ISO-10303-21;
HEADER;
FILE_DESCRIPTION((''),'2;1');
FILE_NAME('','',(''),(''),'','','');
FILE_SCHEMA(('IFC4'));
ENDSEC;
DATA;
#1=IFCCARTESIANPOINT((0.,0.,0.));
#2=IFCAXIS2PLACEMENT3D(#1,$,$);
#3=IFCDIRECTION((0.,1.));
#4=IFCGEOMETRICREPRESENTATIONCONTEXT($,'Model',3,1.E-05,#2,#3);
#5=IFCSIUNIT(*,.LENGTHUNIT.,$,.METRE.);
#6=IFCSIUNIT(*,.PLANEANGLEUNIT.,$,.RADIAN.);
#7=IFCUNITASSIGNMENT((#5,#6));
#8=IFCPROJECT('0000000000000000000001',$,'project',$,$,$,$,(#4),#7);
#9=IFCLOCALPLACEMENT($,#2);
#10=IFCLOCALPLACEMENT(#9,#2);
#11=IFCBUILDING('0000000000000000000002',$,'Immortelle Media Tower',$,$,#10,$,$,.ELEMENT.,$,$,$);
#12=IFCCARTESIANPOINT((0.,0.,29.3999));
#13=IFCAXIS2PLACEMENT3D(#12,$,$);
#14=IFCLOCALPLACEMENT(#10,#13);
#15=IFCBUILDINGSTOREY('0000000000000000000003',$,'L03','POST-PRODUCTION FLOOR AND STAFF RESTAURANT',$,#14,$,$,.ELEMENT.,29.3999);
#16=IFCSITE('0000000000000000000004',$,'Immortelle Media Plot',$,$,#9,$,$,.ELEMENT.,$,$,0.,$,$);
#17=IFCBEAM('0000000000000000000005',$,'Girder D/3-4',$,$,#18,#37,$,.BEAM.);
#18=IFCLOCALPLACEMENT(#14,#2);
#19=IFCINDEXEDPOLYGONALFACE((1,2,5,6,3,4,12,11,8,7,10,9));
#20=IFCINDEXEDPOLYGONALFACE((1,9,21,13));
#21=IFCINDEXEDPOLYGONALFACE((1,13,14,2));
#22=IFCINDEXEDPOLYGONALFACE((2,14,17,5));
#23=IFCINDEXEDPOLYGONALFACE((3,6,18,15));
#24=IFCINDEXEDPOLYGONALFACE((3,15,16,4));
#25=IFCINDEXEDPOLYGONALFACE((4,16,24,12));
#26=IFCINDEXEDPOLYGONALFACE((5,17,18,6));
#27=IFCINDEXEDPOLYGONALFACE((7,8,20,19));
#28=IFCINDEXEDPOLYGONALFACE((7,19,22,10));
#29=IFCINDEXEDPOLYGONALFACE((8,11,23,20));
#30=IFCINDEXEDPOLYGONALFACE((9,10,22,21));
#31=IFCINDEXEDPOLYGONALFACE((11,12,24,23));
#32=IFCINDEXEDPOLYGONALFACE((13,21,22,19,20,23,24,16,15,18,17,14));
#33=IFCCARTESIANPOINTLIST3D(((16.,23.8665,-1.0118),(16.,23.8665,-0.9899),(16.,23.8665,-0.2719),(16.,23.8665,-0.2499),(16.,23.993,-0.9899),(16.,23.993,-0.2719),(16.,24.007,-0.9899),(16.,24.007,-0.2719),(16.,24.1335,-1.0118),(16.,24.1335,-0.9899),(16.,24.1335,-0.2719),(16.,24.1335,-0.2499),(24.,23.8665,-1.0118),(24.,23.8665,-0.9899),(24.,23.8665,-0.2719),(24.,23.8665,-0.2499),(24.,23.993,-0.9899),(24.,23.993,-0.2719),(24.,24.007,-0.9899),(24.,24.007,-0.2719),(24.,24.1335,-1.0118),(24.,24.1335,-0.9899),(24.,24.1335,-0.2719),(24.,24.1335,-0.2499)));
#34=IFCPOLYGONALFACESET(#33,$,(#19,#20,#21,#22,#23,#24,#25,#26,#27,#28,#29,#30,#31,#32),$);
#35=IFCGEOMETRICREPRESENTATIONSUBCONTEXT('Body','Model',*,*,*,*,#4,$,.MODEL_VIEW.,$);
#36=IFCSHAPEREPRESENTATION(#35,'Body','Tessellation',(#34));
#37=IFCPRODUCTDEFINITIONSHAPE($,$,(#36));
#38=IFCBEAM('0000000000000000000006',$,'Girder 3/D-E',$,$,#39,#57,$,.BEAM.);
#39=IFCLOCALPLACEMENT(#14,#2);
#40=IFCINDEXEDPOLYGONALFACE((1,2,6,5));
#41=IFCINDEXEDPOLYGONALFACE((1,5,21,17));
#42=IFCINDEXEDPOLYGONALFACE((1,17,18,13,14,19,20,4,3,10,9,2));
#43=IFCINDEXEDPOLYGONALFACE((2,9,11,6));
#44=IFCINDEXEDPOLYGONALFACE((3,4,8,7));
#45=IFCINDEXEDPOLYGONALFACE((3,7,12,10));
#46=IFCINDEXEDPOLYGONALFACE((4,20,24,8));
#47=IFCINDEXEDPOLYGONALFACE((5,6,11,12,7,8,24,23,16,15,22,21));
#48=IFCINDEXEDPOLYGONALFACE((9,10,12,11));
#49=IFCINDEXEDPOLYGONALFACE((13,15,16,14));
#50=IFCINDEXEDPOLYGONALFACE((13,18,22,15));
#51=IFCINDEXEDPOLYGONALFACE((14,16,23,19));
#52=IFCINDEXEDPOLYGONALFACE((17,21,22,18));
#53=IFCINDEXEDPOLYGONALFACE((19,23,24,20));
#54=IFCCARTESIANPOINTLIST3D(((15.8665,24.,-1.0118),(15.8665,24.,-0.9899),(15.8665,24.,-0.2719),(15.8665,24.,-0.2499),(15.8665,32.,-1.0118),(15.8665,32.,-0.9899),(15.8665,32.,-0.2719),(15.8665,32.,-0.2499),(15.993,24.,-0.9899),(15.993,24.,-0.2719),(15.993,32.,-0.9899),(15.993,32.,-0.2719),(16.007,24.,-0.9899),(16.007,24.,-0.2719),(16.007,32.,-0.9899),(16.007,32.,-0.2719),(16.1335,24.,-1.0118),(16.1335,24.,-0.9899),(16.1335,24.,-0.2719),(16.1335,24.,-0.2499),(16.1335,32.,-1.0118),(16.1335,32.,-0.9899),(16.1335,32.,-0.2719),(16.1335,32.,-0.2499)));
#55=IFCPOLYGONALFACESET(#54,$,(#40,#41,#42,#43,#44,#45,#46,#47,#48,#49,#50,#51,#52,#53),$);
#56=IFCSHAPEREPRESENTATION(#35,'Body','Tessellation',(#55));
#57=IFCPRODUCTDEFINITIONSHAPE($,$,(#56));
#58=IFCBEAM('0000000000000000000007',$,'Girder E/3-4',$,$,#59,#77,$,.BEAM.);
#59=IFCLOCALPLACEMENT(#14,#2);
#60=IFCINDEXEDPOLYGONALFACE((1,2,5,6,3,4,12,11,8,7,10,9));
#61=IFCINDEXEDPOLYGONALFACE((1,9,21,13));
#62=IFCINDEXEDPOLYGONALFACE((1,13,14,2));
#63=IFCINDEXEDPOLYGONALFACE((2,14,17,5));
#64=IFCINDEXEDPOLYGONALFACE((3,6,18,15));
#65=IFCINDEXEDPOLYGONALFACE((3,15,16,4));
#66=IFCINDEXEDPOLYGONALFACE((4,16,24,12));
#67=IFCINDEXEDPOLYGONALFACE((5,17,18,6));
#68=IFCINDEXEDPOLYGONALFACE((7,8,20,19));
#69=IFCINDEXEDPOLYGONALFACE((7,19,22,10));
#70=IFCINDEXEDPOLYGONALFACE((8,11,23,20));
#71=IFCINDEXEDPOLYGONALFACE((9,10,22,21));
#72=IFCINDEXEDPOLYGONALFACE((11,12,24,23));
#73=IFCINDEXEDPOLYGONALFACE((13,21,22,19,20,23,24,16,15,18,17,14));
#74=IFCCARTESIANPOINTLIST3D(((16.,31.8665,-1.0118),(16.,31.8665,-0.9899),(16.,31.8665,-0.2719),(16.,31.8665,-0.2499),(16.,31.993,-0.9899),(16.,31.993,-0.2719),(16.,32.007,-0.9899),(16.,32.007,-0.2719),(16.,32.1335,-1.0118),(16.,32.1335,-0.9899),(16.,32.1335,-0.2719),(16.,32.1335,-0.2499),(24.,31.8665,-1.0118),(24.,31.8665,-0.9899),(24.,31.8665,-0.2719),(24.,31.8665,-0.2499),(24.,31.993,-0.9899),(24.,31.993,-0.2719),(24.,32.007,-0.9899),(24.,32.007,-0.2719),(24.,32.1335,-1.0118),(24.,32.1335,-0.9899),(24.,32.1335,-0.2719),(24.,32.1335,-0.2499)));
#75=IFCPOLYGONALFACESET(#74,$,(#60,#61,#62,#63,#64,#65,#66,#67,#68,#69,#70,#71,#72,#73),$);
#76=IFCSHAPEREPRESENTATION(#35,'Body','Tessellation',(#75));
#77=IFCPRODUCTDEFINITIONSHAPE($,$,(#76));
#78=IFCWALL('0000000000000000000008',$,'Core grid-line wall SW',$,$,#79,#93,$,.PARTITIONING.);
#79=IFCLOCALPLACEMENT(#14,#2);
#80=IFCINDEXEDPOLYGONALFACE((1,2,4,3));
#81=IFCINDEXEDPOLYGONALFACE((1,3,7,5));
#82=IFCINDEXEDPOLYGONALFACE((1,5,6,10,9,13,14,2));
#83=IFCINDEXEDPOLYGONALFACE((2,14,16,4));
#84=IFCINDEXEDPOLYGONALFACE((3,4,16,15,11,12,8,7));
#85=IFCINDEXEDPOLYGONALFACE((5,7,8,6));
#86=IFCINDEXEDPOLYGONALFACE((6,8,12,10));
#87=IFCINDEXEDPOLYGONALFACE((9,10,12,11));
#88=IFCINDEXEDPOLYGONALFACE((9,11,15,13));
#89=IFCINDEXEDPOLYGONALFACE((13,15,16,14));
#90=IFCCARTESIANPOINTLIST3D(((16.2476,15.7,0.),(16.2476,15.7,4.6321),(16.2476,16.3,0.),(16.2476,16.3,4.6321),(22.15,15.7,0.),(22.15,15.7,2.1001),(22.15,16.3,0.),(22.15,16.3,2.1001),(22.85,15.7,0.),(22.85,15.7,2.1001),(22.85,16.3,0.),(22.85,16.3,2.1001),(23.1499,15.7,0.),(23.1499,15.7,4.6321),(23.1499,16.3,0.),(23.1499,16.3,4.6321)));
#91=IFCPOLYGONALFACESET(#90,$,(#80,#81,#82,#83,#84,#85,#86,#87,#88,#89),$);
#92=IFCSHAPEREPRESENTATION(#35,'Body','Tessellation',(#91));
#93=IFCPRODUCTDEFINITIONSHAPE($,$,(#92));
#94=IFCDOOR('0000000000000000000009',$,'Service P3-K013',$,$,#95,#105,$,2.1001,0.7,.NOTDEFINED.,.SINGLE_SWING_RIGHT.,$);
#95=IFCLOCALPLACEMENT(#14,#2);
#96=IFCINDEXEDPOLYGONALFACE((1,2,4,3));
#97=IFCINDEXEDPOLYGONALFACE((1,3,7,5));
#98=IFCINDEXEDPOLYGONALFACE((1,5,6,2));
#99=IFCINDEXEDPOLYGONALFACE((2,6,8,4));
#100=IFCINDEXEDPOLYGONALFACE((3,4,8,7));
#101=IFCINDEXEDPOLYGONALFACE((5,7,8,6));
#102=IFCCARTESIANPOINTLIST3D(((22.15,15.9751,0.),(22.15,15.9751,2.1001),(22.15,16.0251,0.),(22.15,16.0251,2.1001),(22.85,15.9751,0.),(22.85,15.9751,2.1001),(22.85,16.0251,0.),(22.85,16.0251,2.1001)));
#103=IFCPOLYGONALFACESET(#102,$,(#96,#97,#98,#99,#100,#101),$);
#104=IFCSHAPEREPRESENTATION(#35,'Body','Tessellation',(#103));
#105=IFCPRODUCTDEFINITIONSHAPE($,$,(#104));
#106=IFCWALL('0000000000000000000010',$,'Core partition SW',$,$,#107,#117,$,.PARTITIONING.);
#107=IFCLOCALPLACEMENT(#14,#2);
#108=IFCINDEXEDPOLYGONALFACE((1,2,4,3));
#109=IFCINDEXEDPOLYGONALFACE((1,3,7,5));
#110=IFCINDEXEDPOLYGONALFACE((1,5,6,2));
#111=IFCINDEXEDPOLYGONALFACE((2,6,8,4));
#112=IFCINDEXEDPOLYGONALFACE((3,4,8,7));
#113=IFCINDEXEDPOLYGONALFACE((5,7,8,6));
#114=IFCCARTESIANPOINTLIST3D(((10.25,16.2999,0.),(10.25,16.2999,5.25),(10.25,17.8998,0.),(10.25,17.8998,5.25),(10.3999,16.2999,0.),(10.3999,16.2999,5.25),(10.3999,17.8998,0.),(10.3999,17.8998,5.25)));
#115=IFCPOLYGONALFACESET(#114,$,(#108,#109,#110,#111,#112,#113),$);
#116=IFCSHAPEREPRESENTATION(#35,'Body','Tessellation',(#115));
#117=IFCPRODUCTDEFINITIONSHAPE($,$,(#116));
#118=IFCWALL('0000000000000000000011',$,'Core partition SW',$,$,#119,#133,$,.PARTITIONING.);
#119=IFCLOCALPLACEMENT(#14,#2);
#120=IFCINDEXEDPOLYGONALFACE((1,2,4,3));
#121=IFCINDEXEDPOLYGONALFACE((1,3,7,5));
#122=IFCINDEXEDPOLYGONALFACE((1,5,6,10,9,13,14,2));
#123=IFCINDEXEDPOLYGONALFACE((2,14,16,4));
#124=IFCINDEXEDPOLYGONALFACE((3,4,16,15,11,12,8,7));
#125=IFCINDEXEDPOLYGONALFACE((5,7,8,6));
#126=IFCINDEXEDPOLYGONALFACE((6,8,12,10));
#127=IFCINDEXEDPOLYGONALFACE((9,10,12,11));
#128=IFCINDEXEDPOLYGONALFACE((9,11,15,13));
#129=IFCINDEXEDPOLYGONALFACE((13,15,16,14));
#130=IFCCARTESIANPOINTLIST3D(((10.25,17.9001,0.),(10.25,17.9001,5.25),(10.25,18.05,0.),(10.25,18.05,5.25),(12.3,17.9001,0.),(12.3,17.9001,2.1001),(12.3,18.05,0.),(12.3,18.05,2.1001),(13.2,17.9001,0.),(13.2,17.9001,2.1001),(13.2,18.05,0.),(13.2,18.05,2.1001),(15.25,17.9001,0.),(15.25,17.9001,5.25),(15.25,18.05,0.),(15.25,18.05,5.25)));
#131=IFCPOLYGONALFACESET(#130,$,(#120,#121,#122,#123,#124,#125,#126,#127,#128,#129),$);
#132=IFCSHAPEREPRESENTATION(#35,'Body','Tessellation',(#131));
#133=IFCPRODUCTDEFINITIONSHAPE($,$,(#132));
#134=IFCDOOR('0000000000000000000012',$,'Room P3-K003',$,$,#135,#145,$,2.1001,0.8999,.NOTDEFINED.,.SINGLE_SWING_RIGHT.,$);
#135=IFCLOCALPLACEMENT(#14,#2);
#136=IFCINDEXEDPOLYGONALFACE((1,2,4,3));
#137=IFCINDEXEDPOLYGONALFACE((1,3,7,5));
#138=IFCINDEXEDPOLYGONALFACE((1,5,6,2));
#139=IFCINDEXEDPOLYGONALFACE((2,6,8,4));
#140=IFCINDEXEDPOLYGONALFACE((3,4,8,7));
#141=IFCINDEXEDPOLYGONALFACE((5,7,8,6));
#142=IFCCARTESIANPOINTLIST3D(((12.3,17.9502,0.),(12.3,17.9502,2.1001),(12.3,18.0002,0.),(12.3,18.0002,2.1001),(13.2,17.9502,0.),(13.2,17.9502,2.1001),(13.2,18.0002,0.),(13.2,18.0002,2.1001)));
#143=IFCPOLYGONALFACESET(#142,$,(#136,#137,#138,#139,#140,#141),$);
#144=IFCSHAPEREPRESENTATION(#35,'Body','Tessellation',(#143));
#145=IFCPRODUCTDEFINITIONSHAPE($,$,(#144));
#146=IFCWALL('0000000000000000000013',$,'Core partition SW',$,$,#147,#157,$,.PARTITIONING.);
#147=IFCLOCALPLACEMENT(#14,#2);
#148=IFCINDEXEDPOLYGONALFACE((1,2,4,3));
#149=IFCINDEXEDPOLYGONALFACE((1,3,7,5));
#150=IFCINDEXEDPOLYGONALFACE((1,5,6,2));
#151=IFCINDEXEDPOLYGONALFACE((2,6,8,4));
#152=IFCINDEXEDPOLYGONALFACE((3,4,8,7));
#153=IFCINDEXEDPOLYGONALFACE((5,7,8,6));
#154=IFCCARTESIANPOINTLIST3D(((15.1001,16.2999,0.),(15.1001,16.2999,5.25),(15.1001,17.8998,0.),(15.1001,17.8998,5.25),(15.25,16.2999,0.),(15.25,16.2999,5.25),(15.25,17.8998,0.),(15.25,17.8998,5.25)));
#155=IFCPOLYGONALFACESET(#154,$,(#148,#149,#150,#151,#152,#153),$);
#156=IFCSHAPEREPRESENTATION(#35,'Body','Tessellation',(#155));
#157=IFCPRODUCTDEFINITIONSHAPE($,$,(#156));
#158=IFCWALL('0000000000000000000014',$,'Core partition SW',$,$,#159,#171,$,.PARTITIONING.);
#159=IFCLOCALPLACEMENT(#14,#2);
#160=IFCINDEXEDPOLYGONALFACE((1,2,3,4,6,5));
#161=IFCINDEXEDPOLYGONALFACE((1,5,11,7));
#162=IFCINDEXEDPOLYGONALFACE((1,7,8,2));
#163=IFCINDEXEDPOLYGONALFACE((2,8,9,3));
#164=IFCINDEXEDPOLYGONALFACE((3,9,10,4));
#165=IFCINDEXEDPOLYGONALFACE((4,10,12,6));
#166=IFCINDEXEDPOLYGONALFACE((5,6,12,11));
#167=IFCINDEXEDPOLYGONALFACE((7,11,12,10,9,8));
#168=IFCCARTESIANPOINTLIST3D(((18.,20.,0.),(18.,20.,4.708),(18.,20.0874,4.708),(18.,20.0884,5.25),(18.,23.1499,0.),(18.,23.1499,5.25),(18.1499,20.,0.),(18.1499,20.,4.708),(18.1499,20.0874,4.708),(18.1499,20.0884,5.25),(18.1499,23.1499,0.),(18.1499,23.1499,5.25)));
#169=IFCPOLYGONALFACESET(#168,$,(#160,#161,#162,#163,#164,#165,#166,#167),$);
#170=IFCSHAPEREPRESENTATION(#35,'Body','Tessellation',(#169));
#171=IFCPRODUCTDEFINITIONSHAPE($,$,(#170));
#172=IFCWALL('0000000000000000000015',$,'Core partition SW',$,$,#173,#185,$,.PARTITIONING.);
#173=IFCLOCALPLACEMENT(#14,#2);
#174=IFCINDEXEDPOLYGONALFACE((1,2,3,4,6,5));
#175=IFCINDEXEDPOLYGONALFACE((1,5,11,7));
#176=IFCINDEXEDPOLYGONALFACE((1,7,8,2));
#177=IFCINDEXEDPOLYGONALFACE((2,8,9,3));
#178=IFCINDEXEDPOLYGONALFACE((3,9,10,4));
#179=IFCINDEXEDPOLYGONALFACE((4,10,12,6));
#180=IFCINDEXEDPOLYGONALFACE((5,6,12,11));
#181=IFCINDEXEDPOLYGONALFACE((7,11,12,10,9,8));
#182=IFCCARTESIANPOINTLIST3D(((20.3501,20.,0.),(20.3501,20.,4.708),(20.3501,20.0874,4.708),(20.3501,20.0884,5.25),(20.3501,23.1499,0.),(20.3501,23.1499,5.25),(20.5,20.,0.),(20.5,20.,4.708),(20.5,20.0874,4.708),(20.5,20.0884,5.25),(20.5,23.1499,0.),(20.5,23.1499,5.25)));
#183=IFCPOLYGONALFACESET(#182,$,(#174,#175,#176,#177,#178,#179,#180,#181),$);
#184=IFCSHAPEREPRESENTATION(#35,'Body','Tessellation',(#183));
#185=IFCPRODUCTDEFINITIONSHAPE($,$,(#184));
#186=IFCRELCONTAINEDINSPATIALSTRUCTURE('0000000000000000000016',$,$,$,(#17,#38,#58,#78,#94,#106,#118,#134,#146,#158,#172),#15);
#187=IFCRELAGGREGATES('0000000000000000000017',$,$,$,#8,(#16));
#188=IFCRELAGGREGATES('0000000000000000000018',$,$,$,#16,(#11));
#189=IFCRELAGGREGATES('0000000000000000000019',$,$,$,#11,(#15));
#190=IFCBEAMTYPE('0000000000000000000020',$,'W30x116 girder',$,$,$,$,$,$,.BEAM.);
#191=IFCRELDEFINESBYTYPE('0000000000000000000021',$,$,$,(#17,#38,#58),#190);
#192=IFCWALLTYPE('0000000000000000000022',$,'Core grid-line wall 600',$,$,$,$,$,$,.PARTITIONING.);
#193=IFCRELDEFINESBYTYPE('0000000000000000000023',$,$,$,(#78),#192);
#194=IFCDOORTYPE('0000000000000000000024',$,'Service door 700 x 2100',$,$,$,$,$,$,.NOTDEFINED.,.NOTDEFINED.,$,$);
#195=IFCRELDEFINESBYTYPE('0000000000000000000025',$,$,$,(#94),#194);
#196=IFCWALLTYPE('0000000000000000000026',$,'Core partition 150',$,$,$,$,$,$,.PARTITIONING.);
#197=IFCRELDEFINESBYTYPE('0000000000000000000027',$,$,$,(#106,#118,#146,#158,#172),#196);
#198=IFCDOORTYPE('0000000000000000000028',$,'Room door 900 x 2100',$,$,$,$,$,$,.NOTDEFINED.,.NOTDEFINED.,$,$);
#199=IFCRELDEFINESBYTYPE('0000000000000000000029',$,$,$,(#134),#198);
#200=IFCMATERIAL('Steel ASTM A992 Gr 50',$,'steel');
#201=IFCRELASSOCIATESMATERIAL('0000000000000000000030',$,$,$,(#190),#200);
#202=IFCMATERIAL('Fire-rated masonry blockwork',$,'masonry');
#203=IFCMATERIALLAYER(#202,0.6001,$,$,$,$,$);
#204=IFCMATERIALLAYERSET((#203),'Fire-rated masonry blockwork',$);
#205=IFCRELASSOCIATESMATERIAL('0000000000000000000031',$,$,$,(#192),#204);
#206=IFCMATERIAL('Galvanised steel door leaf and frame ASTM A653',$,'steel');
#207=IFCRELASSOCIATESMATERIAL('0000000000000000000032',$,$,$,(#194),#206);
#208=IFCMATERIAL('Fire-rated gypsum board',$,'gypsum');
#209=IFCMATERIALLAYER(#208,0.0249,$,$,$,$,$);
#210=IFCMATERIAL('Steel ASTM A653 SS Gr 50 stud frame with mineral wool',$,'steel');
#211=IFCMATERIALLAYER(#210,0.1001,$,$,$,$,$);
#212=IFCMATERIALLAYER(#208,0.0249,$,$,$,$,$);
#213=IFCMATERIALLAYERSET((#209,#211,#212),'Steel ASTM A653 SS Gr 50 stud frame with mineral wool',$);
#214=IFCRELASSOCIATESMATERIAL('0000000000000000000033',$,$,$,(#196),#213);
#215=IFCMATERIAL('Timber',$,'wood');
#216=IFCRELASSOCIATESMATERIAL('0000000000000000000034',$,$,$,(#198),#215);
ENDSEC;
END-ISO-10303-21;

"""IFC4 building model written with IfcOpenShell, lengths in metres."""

from ifc_helpers import new_model, si_unit, direction, frame, frame_2d, origin, origin_2d, place, context, subcontext, project, spatial, polyline, rectangle, i_section, outline, extrude, material, layer, layer_set, material_profile, profile_set, type_object, element, fill, save


model = new_model("IFC4")

# Units and contexts
model_context = context("Model", 3, precision=1e-05, world=origin(), true_north=direction((0.0, 1.0)))
body_context = subcontext(model_context, "Body", "Model", "MODEL_VIEW")
ifc_project = project(units=[si_unit("LENGTHUNIT", "METRE"), si_unit("PLANEANGLEUNIT", "RADIAN")], contexts=[model_context])

# Site, building, storey
site_placement = place(None, origin())
site = spatial("IfcSite", under=ifc_project, at=site_placement, Name="Immortelle Media Plot", CompositionType="ELEMENT", RefElevation=0.0)
building_placement = place(site_placement, origin())
building = spatial("IfcBuilding", under=site, at=building_placement, Name="Immortelle Media Tower", CompositionType="ELEMENT")
storey_placement = place(building_placement, frame((0.0, 0.0, 29.3999)))
storey = spatial("IfcBuildingStorey", under=building, at=storey_placement, Name="L03", Description="POST-PRODUCTION FLOOR AND STAFF RESTAURANT", CompositionType="ELEMENT", Elevation=29.3999)

# Shared definitions
ifc_material_1 = material(Name="Steel ASTM A992 Gr 50", Category="steel")

# Beams
ifc_material_profile_1 = material_profile(ifc_material_1, i_section(OverallWidth=0.2671, OverallDepth=0.762, WebThickness=0.0139, FlangeThickness=0.022, at=origin_2d()), Name="W30x116")
ifc_profile_set_1 = profile_set([ifc_material_profile_1], Name="Steel ASTM A992 Gr 50")
beam_type_1 = type_object("IfcBeamType", Name="W30x116 girder", PredefinedType="BEAM", material=ifc_profile_set_1)
for number, where, z_axis, x_axis, name in (
    (1, (16.0, 24.0, -0.6309), (1.0, 0.0, 0.0), (0.0, 1.0, 0.0), "Girder D/3-4"),
    (2, (16.0, 24.0, -0.6309), (0.0, 1.0, 0.0), (-1.0, 0.0, 0.0), "Girder 3/D-E"),
    (3, (16.0, 32.0, -0.6309), (1.0, 0.0, 0.0), (0.0, 1.0, 0.0), "Girder E/3-4"),
):
    element("IfcBeam", number, at=place(storey_placement, frame(where, z_axis=z_axis, x_axis=x_axis)), inside=storey, type_object=beam_type_1, Name=name, PredefinedType="BEAM", context=body_context, shape_type="SweptSolid", body=[
        extrude(i_section(OverallWidth=0.2671, OverallDepth=0.762, WebThickness=0.0139, FlangeThickness=0.022, at=origin_2d()), origin(), (0.0, 0.0, 1.0), 8.0),
    ])

# Wall, opening, door
ifc_material_2 = material(Name="Fire-rated masonry blockwork", Category="masonry")
ifc_layer_1 = layer(ifc_material_2, 0.6001)
ifc_layer_set_1 = layer_set([ifc_layer_1], Name="Fire-rated masonry blockwork")
wall_type_1 = type_object("IfcWallType", Name="Core grid-line wall 600", PredefinedType="PARTITIONING", material=ifc_layer_set_1)
wall_1_placement = place(storey_placement, frame((16.2476, 16.0, 0.0), z_axis=(0.0, 0.0, 1.0), x_axis=(1.0, 0.0, 0.0)))
wall_1 = element("IfcWall", 4, at=wall_1_placement, inside=storey, type_object=wall_type_1, Name="Core grid-line wall SW", PredefinedType="PARTITIONING", context=body_context, shape_type="SweptSolid", body=[
    extrude(rectangle(XDim=6.9023, YDim=0.6001, at=frame_2d((3.4512, 0.0))), origin(), (0.0, 0.0, 1.0), 4.6321),
])
opening_1_placement = place(wall_1_placement, frame((6.6025, 0.0, 0.0), z_axis=(0.0, 0.0, 1.0), x_axis=(-1.0, 0.0, 0.0)))
opening_1 = element("IfcOpeningElement", 5, at=opening_1_placement, cuts=wall_1, PredefinedType="OPENING", context=body_context, shape_type="SweptSolid", body=[
    extrude(rectangle(XDim=0.7, YDim=2.1001, at=frame_2d((0.3501, 1.05))), frame((0.0, 0.3101, 0.0), z_axis=(0.0, -1.0, 0.0), x_axis=(1.0, 0.0, 0.0)), (0.0, 0.0, 1.0), 0.6201),
])
ifc_material_3 = material(Name="Galvanised steel door leaf and frame ASTM A653", Category="steel")
door_type_1 = type_object("IfcDoorType", Name="Service door 700 x 2100", OperationType="NOTDEFINED", PredefinedType="NOTDEFINED", material=ifc_material_3)
door_1_placement = place(opening_1_placement, origin())
door_1 = element("IfcDoor", 6, at=door_1_placement, inside=storey, type_object=door_type_1, Name="Service P3-K013", OperationType="SINGLE_SWING_RIGHT", OverallHeight=2.1001, OverallWidth=0.7, PredefinedType="NOTDEFINED", context=body_context, shape_type="SweptSolid", body=[
    extrude(rectangle(XDim=0.7, YDim=2.1001, at=frame_2d((0.3501, 1.05))), frame((0.0, 0.0249, 0.0), z_axis=(0.0, -1.0, 0.0), x_axis=(1.0, 0.0, 0.0)), (0.0, 0.0, 1.0), 0.05),
])
fill(opening_1, door_1)

# Wall
ifc_material_4 = material(Name="Fire-rated gypsum board", Category="gypsum")
ifc_layer_2 = layer(ifc_material_4, 0.0249)
ifc_material_5 = material(Name="Steel ASTM A653 SS Gr 50 stud frame with mineral wool", Category="steel")
ifc_layer_3 = layer(ifc_material_5, 0.1001)
ifc_layer_4 = layer(ifc_material_4, 0.0249)
ifc_layer_set_2 = layer_set([ifc_layer_2, ifc_layer_3, ifc_layer_4], Name="Steel ASTM A653 SS Gr 50 stud frame with mineral wool")
wall_type_2 = type_object("IfcWallType", Name="Core partition 150", PredefinedType="PARTITIONING", material=ifc_layer_set_2)
wall_2_placement = place(storey_placement, frame((10.325, 16.3, 0.0), z_axis=(0.0, 0.0, 1.0), x_axis=(0.0, 1.0, 0.0)))
element("IfcWall", 7, at=wall_2_placement, inside=storey, type_object=wall_type_2, Name="Core partition SW", PredefinedType="PARTITIONING", context=body_context, shape_type="SweptSolid", body=[
    extrude(rectangle(XDim=1.5999, YDim=0.1499, at=frame_2d((0.7998, 0.0))), origin(), (0.0, 0.0, 1.0), 5.25),
])

# Wall, opening, door
wall_3_placement = place(storey_placement, frame((10.25, 17.9751, 0.0), z_axis=(0.0, 0.0, 1.0), x_axis=(1.0, 0.0, 0.0)))
wall_3 = element("IfcWall", 8, at=wall_3_placement, inside=storey, type_object=wall_type_2, Name="Core partition SW", PredefinedType="PARTITIONING", context=body_context, shape_type="SweptSolid", body=[
    extrude(rectangle(XDim=5.0, YDim=0.1499, at=frame_2d((2.5, 0.0))), origin(), (0.0, 0.0, 1.0), 5.25),
])
opening_2_placement = place(wall_3_placement, frame((2.95, 0.0, 0.0), z_axis=(0.0, 0.0, 1.0), x_axis=(-1.0, 0.0, 0.0)))
opening_2 = element("IfcOpeningElement", 9, at=opening_2_placement, cuts=wall_3, PredefinedType="OPENING", context=body_context, shape_type="SweptSolid", body=[
    extrude(rectangle(XDim=0.8999, YDim=2.1001, at=frame_2d((0.45, 1.05))), frame((0.0, 0.085, 0.0), z_axis=(0.0, -1.0, 0.0), x_axis=(1.0, 0.0, 0.0)), (0.0, 0.0, 1.0), 0.1699),
])
ifc_material_6 = material(Name="Timber", Category="wood")
door_type_2 = type_object("IfcDoorType", Name="Room door 900 x 2100", OperationType="NOTDEFINED", PredefinedType="NOTDEFINED", material=ifc_material_6)
door_2_placement = place(opening_2_placement, origin())
door_2 = element("IfcDoor", 10, at=door_2_placement, inside=storey, type_object=door_type_2, Name="Room P3-K003", OperationType="SINGLE_SWING_RIGHT", OverallHeight=2.1001, OverallWidth=0.8999, PredefinedType="NOTDEFINED", context=body_context, shape_type="SweptSolid", body=[
    extrude(rectangle(XDim=0.8999, YDim=2.1001, at=frame_2d((0.45, 1.05))), frame((0.0, 0.0249, 0.0), z_axis=(0.0, -1.0, 0.0), x_axis=(1.0, 0.0, 0.0)), (0.0, 0.0, 1.0), 0.05),
])
fill(opening_2, door_2)

# Walls
wall_4_placement = place(storey_placement, frame((15.175, 16.3, 0.0), z_axis=(0.0, 0.0, 1.0), x_axis=(0.0, 1.0, 0.0)))
element("IfcWall", 11, at=wall_4_placement, inside=storey, type_object=wall_type_2, Name="Core partition SW", PredefinedType="PARTITIONING", context=body_context, shape_type="SweptSolid", body=[
    extrude(rectangle(XDim=1.5999, YDim=0.1499, at=frame_2d((0.7998, 0.0))), origin(), (0.0, 0.0, 1.0), 5.25),
])
for number, where, z_axis, x_axis, name in (
    (12, (18.075, 20.0, 0.0), (0.0, 0.0, 1.0), (0.0, 1.0, 0.0), "Core partition SW"),
    (13, (20.425, 20.0, 0.0), (0.0, 0.0, 1.0), (0.0, 1.0, 0.0), "Core partition SW"),
):
    element("IfcWall", number, at=place(storey_placement, frame(where, z_axis=z_axis, x_axis=x_axis)), inside=storey, type_object=wall_type_2, Name=name, PredefinedType="PARTITIONING", context=body_context, shape_type="SweptSolid", body=[
        extrude(outline(polyline([(0.0, 0.0), (3.1499, 0.0), (3.1499, 5.25), (0.0884, 5.25), (0.0874, 4.708), (0.0, 4.708), (0.0, 0.0)])), frame((0.0, 0.075, 0.0), z_axis=(0.0, -1.0, 0.0), x_axis=(1.0, 0.0, 0.0)), (0.0, 0.0, 1.0), 0.1499),
    ])

save(model, "model.ifc")
